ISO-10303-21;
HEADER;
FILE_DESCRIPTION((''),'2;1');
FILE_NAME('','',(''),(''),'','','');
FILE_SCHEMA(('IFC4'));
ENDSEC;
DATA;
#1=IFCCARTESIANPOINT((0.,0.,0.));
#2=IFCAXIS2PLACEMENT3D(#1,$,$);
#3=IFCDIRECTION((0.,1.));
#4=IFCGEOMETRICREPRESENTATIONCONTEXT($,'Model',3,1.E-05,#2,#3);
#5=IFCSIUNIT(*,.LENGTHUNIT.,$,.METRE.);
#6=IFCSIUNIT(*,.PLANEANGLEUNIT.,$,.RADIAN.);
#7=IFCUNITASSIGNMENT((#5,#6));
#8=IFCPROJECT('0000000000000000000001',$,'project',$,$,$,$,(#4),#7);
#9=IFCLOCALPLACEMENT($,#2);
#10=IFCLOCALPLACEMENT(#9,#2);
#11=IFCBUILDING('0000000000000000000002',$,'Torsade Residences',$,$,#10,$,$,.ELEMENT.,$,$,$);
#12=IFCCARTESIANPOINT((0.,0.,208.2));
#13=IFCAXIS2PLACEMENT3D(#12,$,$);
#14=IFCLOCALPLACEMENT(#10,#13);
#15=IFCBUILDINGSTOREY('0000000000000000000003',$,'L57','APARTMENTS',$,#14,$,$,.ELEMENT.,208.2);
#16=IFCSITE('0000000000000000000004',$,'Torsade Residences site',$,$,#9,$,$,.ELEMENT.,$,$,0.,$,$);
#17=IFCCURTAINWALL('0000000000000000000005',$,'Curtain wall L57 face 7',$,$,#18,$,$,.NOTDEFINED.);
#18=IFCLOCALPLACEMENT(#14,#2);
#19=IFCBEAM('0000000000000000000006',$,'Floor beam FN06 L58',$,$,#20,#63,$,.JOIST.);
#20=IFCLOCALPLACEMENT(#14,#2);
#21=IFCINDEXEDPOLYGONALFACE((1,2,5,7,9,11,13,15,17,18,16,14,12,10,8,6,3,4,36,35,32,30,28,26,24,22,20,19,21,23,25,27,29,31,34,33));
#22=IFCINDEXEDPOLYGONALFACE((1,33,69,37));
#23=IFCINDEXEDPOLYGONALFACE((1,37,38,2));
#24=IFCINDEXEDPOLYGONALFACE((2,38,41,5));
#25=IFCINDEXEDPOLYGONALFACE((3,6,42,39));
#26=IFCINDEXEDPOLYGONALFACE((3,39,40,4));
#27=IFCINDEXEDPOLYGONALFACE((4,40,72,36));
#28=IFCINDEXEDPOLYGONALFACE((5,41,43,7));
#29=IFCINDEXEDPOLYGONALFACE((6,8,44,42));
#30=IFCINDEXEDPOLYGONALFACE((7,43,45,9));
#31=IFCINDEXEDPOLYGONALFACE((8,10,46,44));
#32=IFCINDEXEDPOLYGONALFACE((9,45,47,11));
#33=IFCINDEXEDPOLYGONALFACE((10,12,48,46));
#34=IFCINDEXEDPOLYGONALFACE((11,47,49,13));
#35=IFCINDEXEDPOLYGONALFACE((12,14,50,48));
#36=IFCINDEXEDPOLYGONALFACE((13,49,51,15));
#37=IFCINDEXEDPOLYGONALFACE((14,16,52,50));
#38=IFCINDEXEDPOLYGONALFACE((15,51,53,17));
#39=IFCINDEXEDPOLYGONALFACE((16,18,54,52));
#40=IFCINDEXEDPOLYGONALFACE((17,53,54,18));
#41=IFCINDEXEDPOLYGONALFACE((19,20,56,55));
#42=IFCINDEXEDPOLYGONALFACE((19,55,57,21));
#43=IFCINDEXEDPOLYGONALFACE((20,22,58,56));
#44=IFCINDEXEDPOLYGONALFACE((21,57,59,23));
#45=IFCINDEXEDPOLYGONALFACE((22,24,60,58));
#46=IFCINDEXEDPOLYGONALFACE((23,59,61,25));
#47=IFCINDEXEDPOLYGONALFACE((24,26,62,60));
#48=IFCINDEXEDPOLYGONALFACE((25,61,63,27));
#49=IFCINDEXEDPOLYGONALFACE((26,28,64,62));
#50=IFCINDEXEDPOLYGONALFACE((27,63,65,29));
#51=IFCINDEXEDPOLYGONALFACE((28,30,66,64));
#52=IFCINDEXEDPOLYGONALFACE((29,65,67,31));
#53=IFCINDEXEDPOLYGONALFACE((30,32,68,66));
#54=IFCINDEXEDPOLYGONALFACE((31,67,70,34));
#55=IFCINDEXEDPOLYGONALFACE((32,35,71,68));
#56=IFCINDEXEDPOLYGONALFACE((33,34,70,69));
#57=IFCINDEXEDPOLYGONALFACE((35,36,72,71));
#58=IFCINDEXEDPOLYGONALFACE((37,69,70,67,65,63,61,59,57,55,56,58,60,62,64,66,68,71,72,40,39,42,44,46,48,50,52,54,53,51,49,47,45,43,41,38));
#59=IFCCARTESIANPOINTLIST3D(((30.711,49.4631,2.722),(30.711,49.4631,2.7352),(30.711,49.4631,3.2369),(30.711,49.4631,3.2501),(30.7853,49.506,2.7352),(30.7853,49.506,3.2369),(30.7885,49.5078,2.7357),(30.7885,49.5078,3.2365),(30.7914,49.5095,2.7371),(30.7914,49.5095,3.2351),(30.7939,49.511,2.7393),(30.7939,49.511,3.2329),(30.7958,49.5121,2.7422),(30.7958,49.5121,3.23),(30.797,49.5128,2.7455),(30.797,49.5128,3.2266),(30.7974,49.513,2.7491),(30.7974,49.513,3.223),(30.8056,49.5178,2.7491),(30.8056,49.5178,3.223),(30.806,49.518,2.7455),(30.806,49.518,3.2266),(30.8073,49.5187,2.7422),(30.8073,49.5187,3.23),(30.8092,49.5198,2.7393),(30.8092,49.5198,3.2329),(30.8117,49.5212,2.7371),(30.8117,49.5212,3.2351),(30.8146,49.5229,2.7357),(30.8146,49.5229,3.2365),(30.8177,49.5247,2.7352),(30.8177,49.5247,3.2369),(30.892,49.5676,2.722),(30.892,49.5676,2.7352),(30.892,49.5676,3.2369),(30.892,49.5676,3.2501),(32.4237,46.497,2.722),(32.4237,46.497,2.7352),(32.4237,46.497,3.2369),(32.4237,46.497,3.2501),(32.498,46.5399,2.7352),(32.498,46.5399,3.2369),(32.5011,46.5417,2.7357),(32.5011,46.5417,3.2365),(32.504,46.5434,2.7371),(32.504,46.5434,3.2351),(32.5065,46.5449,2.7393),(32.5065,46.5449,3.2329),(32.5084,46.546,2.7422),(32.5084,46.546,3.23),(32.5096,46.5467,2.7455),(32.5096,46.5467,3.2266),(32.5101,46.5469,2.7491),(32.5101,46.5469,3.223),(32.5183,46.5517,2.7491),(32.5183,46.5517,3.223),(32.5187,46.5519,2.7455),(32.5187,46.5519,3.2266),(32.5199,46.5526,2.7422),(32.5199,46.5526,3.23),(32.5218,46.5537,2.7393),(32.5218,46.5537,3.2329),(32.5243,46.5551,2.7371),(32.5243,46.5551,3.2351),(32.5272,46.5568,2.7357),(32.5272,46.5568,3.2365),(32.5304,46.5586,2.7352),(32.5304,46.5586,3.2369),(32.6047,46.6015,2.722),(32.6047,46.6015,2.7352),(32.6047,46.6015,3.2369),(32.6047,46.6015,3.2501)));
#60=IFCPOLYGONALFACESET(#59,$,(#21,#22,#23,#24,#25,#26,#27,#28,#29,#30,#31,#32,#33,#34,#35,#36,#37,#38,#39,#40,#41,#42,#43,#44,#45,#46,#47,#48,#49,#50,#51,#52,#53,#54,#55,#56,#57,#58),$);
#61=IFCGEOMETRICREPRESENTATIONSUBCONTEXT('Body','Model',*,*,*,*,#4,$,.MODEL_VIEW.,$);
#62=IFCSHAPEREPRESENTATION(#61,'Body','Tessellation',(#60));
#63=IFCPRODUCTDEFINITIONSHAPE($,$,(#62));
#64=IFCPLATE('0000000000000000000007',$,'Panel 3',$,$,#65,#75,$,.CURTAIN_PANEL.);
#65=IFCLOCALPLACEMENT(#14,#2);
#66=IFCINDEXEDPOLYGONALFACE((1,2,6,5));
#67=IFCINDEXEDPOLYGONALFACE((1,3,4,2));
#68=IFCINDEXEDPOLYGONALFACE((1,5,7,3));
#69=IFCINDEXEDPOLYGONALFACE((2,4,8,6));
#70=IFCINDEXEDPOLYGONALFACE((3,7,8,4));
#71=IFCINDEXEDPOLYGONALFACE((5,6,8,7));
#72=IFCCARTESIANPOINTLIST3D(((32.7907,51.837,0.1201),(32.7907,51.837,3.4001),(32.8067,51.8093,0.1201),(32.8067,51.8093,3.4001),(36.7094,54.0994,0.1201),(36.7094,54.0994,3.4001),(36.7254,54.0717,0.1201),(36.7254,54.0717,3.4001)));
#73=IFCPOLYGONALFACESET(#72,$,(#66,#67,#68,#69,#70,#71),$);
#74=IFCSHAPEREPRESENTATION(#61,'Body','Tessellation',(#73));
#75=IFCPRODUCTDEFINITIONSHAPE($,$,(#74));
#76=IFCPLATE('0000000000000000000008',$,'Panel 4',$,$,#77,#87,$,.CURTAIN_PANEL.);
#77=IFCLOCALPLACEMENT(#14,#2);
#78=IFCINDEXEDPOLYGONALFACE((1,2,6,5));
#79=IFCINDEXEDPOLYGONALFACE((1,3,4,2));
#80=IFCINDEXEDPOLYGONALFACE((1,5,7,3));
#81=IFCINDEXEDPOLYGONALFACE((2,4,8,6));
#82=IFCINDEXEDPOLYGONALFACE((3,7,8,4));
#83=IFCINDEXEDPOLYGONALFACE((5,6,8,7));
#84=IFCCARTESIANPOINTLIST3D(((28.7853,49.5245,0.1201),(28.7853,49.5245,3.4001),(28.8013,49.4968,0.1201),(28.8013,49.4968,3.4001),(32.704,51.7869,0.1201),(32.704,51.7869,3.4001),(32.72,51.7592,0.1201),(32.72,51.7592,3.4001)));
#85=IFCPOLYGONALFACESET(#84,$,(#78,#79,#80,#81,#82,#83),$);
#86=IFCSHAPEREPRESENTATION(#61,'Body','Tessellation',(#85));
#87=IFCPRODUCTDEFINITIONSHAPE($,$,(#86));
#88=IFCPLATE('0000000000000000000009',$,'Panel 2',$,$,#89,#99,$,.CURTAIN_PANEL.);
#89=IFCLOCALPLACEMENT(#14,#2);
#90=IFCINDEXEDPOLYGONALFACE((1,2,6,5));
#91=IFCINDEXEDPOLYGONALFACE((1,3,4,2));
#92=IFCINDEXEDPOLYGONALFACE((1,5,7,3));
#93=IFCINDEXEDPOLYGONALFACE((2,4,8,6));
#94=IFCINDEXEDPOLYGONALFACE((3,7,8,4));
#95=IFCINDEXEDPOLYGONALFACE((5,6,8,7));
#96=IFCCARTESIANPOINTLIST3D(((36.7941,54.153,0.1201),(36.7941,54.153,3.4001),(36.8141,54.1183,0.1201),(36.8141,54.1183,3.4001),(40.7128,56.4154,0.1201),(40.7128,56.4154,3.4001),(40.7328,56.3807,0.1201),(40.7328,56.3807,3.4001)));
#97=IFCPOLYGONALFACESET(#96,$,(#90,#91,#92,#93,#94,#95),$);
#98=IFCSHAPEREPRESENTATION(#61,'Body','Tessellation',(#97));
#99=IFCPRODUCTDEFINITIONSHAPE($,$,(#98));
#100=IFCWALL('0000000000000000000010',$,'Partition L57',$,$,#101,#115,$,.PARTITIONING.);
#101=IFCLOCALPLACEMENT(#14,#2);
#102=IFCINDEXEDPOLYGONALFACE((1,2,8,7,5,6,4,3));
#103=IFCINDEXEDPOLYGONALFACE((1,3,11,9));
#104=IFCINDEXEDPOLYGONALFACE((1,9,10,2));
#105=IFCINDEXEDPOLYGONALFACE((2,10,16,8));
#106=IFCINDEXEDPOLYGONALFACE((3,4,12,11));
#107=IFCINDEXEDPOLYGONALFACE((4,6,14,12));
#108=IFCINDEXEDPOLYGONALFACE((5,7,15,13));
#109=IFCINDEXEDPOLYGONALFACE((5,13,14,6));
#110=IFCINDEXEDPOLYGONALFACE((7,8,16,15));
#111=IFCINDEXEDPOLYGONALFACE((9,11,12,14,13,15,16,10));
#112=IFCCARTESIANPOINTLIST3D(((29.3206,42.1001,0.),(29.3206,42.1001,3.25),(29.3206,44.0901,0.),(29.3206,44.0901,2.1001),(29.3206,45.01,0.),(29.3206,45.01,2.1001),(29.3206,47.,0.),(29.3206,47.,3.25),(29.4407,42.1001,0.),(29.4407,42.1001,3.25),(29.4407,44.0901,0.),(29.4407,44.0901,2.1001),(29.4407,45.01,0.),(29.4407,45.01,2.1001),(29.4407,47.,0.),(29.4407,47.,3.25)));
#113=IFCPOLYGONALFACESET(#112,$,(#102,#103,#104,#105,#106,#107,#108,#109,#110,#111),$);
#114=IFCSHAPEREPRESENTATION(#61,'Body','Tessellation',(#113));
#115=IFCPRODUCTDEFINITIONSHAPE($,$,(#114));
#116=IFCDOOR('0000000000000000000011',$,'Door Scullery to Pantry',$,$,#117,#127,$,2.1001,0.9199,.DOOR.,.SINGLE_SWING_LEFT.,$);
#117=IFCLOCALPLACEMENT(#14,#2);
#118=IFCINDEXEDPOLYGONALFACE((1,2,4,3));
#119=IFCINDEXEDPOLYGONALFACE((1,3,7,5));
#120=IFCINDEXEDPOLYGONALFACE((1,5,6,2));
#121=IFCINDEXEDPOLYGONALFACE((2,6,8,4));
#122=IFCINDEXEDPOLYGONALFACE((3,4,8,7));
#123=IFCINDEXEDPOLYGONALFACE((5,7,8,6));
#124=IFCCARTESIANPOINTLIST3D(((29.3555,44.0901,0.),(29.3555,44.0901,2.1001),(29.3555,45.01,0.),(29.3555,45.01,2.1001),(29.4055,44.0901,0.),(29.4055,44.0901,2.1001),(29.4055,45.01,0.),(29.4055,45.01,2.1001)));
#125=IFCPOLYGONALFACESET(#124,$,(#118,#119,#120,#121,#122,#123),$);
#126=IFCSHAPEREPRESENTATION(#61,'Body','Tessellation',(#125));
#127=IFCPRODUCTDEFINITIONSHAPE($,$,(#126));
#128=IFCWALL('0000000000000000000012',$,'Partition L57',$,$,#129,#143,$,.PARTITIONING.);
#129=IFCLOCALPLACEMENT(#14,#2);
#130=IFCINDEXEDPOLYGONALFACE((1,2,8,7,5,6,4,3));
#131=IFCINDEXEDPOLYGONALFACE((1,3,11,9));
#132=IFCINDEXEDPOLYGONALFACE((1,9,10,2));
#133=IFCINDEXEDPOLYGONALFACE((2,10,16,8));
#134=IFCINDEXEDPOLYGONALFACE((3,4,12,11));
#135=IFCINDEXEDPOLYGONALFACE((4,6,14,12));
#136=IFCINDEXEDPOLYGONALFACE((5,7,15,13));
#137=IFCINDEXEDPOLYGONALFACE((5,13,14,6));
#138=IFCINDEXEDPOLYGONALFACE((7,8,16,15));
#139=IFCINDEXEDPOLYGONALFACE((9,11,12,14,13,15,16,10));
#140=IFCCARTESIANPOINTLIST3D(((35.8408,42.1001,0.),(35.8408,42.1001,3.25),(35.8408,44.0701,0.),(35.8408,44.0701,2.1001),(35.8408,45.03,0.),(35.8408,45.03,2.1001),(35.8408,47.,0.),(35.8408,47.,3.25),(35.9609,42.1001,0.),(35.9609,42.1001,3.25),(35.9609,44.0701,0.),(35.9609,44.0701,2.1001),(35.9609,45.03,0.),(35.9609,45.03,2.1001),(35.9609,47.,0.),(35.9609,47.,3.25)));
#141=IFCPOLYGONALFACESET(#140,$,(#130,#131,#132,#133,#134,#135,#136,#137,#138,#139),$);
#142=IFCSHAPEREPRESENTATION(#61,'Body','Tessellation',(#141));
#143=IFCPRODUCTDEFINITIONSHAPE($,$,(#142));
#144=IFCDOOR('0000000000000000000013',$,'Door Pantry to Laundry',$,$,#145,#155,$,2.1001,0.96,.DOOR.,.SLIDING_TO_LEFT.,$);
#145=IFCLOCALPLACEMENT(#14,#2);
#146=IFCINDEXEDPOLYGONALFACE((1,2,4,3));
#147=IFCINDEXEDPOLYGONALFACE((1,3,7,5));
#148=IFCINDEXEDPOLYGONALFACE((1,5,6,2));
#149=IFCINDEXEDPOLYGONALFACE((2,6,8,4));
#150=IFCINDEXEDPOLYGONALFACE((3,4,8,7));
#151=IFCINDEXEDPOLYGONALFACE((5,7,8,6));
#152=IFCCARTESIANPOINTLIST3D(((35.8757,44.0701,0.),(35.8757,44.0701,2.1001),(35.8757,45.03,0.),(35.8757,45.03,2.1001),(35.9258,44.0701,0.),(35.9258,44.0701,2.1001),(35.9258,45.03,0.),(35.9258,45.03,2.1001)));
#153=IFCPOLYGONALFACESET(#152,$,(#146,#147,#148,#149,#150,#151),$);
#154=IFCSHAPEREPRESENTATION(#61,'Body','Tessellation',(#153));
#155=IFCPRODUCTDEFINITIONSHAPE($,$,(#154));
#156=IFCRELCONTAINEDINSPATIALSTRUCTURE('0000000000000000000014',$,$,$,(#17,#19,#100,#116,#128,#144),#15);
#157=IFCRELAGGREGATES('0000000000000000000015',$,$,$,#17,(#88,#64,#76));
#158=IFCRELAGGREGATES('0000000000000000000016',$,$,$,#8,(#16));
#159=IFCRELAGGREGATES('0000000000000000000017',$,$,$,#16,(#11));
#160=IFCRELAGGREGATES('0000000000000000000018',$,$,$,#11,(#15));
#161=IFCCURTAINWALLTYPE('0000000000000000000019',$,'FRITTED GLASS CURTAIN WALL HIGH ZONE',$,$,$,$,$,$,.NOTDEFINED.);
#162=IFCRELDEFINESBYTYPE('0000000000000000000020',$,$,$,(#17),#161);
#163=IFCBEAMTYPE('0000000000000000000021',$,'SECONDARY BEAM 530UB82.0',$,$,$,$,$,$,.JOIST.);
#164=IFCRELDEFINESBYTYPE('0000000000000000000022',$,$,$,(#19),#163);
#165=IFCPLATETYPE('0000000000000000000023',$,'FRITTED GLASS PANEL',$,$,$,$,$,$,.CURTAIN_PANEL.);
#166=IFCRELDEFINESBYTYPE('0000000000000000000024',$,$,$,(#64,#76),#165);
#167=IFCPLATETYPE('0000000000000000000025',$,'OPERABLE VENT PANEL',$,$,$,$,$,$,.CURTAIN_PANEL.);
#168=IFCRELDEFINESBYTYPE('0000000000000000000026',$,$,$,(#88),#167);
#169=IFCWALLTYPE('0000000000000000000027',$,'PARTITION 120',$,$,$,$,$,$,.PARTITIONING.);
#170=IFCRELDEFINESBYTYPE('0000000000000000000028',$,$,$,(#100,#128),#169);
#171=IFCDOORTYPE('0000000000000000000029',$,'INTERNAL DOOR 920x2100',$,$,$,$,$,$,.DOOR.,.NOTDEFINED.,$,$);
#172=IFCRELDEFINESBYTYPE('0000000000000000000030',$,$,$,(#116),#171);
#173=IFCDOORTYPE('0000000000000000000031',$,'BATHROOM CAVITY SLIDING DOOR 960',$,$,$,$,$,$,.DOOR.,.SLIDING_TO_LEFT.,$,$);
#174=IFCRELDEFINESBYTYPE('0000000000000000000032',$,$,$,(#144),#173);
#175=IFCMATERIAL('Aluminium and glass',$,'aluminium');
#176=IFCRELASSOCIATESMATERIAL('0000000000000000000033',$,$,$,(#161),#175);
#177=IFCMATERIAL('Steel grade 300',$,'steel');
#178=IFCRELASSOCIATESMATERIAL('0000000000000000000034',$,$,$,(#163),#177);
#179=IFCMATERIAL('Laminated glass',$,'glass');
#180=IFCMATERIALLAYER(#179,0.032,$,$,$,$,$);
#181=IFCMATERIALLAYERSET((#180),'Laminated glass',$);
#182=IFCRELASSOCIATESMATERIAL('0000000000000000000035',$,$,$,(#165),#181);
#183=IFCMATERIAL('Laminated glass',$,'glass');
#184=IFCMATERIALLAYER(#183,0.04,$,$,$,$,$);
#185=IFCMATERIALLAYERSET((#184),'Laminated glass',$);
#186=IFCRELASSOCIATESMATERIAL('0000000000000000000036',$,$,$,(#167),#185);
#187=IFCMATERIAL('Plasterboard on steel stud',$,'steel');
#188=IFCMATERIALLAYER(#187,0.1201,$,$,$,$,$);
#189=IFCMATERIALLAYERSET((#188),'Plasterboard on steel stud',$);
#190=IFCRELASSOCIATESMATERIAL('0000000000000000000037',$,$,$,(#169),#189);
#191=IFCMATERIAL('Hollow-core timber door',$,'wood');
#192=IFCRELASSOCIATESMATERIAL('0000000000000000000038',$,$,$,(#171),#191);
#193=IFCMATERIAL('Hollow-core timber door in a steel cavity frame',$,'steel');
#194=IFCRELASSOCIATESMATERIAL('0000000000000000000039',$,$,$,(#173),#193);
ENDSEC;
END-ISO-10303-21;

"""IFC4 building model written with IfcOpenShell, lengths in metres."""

from ifc_helpers import new_model, si_unit, direction, frame, frame_2d, origin, origin_2d, place, context, subcontext, project, spatial, rectangle, i_section, extrude, material, layer, layer_set, material_profile, profile_set, type_object, element, fill, aggregate, save


model = new_model("IFC4")

# Units and contexts
model_context = context("Model", 3, precision=1e-05, world=origin(), true_north=direction((0.0, 1.0)))
body_context = subcontext(model_context, "Body", "Model", "MODEL_VIEW")
ifc_project = project(units=[si_unit("LENGTHUNIT", "METRE"), si_unit("PLANEANGLEUNIT", "RADIAN")], contexts=[model_context])

# Site, building, storey
site_placement = place(None, origin())
site = spatial("IfcSite", under=ifc_project, at=site_placement, Name="Torsade Residences site", CompositionType="ELEMENT", RefElevation=0.0)
building_placement = place(site_placement, origin())
building = spatial("IfcBuilding", under=site, at=building_placement, Name="Torsade Residences", CompositionType="ELEMENT")
storey_placement = place(building_placement, frame((0.0, 0.0, 208.2)))
storey = spatial("IfcBuildingStorey", under=building, at=storey_placement, Name="L57", Description="APARTMENTS", CompositionType="ELEMENT", Elevation=208.2)

# Curtain wall
ifc_material_1 = material(Name="Aluminium and glass", Category="aluminium")
curtain_wall_type = type_object("IfcCurtainWallType", Name="FRITTED GLASS CURTAIN WALL HIGH ZONE", PredefinedType="NOTDEFINED", material=ifc_material_1)
curtain_wall_placement = place(storey_placement, origin())
curtain_wall = element("IfcCurtainWall", 1, at=curtain_wall_placement, inside=storey, type_object=curtain_wall_type, Name="Curtain wall L57 face 7", PredefinedType="NOTDEFINED")

# Beam
ifc_material_2 = material(Name="Steel grade 300", Category="steel")
ifc_material_profile_1 = material_profile(ifc_material_2, i_section(OverallWidth=0.209, OverallDepth=0.5281, WebThickness=0.0095, FlangeThickness=0.0132, FilletRadius=0.0139, at=origin_2d()), Name="530UB82.0")
ifc_profile_set_1 = profile_set([ifc_material_profile_1], Name="Steel grade 300")
beam_type_1 = type_object("IfcBeamType", Name="SECONDARY BEAM 530UB82.0", PredefinedType="JOIST", material=ifc_profile_set_1)
beam_1_placement = place(storey_placement, frame((30.8015, 49.5154, 2.9861), z_axis=(0.500041, -0.866002, 0.0), x_axis=(0.866002, 0.500041, 0.0)))
element("IfcBeam", 2, at=beam_1_placement, inside=storey, type_object=beam_type_1, Name="Floor beam FN06 L58", PredefinedType="JOIST", context=body_context, shape_type="SweptSolid", body=[
    extrude(i_section(OverallWidth=0.209, OverallDepth=0.5281, WebThickness=0.0095, FlangeThickness=0.0132, FilletRadius=0.0139, at=origin_2d()), origin(), (0.0, 0.0, 1.0), 3.425),
])

# Plates
ifc_material_3 = material(Name="Laminated glass", Category="glass")
ifc_layer_1 = layer(ifc_material_3, 0.032)
ifc_layer_set_1 = layer_set([ifc_layer_1], Name="Laminated glass")
plate_type_1 = type_object("IfcPlateType", Name="FRITTED GLASS PANEL", PredefinedType="CURTAIN_PANEL", material=ifc_layer_set_1)
plate_1_placement = place(storey_placement, frame((34.7581, 52.9543, 0.1201), z_axis=(0.0, 0.0, 1.0), x_axis=(-0.866025, -0.5, 0.0)))
plate_1 = element("IfcPlate", 3, at=plate_1_placement, type_object=plate_type_1, Name="Panel 3", PredefinedType="CURTAIN_PANEL", context=body_context, shape_type="SweptSolid", body=[
    extrude(rectangle(XDim=4.5249, YDim=0.032, at=origin_2d()), origin(), (0.0, 0.0, 1.0), 3.28),
])
plate_2_placement = place(storey_placement, frame((30.7527, 50.6418, 0.1201), z_axis=(0.0, 0.0, 1.0), x_axis=(-0.866025, -0.5, 0.0)))
plate_2 = element("IfcPlate", 4, at=plate_2_placement, type_object=plate_type_1, Name="Panel 4", PredefinedType="CURTAIN_PANEL", context=body_context, shape_type="SweptSolid", body=[
    extrude(rectangle(XDim=4.5249, YDim=0.032, at=origin_2d()), origin(), (0.0, 0.0, 1.0), 3.28),
])
ifc_material_4 = material(Name="Laminated glass", Category="glass")
ifc_layer_2 = layer(ifc_material_4, 0.04)
ifc_layer_set_2 = layer_set([ifc_layer_2], Name="Laminated glass")
plate_type_2 = type_object("IfcPlateType", Name="OPERABLE VENT PANEL", PredefinedType="CURTAIN_PANEL", material=ifc_layer_set_2)
plate_3_placement = place(storey_placement, frame((38.7634, 55.2668, 0.1201), z_axis=(0.0, 0.0, 1.0), x_axis=(-0.866025, -0.5, 0.0)))
plate_3 = element("IfcPlate", 5, at=plate_3_placement, type_object=plate_type_2, Name="Panel 2", PredefinedType="CURTAIN_PANEL", context=body_context, shape_type="SweptSolid", body=[
    extrude(rectangle(XDim=4.5249, YDim=0.04, at=origin_2d()), origin(), (0.0, 0.0, 1.0), 3.28),
])
aggregate(curtain_wall, [plate_3, plate_1, plate_2])

# Walls, openings, doors
ifc_material_5 = material(Name="Plasterboard on steel stud", Category="steel")
ifc_layer_3 = layer(ifc_material_5, 0.1201)
ifc_layer_set_3 = layer_set([ifc_layer_3], Name="Plasterboard on steel stud")
wall_type_1 = type_object("IfcWallType", Name="PARTITION 120", PredefinedType="PARTITIONING", material=ifc_layer_set_3)
wall_1_placement = place(storey_placement, frame((29.3806, 47.0, 0.0), z_axis=(0.0, 0.0, 1.0), x_axis=(0.0, -1.0, 0.0)))
wall_1 = element("IfcWall", 6, at=wall_1_placement, inside=storey, type_object=wall_type_1, Name="Partition L57", PredefinedType="PARTITIONING", context=body_context, shape_type="SweptSolid", body=[
    extrude(rectangle(XDim=4.8999, YDim=0.1201, at=frame_2d((2.45, 0.0))), origin(), (0.0, 0.0, 1.0), 3.25),
])
opening_1_placement = place(wall_1_placement, frame((1.99, 0.0, 0.0)))
opening_1 = element("IfcOpeningElement", 7, at=opening_1_placement, cuts=wall_1, PredefinedType="OPENING", context=body_context, shape_type="SweptSolid", body=[
    extrude(rectangle(XDim=0.9199, YDim=2.1001, at=frame_2d((0.46, 1.05))), frame((0.0, 0.0701, 0.0), z_axis=(0.0, -1.0, 0.0), x_axis=(1.0, 0.0, 0.0)), (0.0, 0.0, 1.0), 0.1401),
])
ifc_material_6 = material(Name="Hollow-core timber door", Category="wood")
door_type_1 = type_object("IfcDoorType", Name="INTERNAL DOOR 920x2100", OperationType="NOTDEFINED", PredefinedType="DOOR", material=ifc_material_6)
door_1_placement = place(opening_1_placement, origin())
door_1 = element("IfcDoor", 8, at=door_1_placement, inside=storey, type_object=door_type_1, Name="Door Scullery to Pantry", OperationType="SINGLE_SWING_LEFT", OverallHeight=2.1001, OverallWidth=0.9199, PredefinedType="DOOR", context=body_context, shape_type="SweptSolid", body=[
    extrude(rectangle(XDim=0.9199, YDim=2.1001, at=frame_2d((0.46, 1.05))), frame((0.0, 0.0249, 0.0), z_axis=(0.0, -1.0, 0.0), x_axis=(1.0, 0.0, 0.0)), (0.0, 0.0, 1.0), 0.05),
])
fill(opening_1, door_1)
wall_2_placement = place(storey_placement, frame((35.9009, 47.0, 0.0), z_axis=(0.0, 0.0, 1.0), x_axis=(0.0, -1.0, 0.0)))
wall_2 = element("IfcWall", 9, at=wall_2_placement, inside=storey, type_object=wall_type_1, Name="Partition L57", PredefinedType="PARTITIONING", context=body_context, shape_type="SweptSolid", body=[
    extrude(rectangle(XDim=4.8999, YDim=0.1201, at=frame_2d((2.45, 0.0))), origin(), (0.0, 0.0, 1.0), 3.25),
])
opening_2_placement = place(wall_2_placement, frame((1.97, 0.0, 0.0)))
opening_2 = element("IfcOpeningElement", 10, at=opening_2_placement, cuts=wall_2, PredefinedType="OPENING", context=body_context, shape_type="SweptSolid", body=[
    extrude(rectangle(XDim=0.96, YDim=2.1001, at=frame_2d((0.48, 1.05))), frame((0.0, 0.0701, 0.0), z_axis=(0.0, -1.0, 0.0), x_axis=(1.0, 0.0, 0.0)), (0.0, 0.0, 1.0), 0.1401),
])
ifc_material_7 = material(Name="Hollow-core timber door in a steel cavity frame", Category="steel")
door_type_2 = type_object("IfcDoorType", Name="BATHROOM CAVITY SLIDING DOOR 960", OperationType="SLIDING_TO_LEFT", PredefinedType="DOOR", material=ifc_material_7)
door_2_placement = place(opening_2_placement, origin())
door_2 = element("IfcDoor", 11, at=door_2_placement, inside=storey, type_object=door_type_2, Name="Door Pantry to Laundry", OperationType="SLIDING_TO_LEFT", OverallHeight=2.1001, OverallWidth=0.96, PredefinedType="DOOR", context=body_context, shape_type="SweptSolid", body=[
    extrude(rectangle(XDim=0.96, YDim=2.1001, at=frame_2d((0.48, 1.05))), frame((0.0, 0.0249, 0.0), z_axis=(0.0, -1.0, 0.0), x_axis=(1.0, 0.0, 0.0)), (0.0, 0.0, 1.0), 0.05),
])
fill(opening_2, door_2)

save(model, "model.ifc")
